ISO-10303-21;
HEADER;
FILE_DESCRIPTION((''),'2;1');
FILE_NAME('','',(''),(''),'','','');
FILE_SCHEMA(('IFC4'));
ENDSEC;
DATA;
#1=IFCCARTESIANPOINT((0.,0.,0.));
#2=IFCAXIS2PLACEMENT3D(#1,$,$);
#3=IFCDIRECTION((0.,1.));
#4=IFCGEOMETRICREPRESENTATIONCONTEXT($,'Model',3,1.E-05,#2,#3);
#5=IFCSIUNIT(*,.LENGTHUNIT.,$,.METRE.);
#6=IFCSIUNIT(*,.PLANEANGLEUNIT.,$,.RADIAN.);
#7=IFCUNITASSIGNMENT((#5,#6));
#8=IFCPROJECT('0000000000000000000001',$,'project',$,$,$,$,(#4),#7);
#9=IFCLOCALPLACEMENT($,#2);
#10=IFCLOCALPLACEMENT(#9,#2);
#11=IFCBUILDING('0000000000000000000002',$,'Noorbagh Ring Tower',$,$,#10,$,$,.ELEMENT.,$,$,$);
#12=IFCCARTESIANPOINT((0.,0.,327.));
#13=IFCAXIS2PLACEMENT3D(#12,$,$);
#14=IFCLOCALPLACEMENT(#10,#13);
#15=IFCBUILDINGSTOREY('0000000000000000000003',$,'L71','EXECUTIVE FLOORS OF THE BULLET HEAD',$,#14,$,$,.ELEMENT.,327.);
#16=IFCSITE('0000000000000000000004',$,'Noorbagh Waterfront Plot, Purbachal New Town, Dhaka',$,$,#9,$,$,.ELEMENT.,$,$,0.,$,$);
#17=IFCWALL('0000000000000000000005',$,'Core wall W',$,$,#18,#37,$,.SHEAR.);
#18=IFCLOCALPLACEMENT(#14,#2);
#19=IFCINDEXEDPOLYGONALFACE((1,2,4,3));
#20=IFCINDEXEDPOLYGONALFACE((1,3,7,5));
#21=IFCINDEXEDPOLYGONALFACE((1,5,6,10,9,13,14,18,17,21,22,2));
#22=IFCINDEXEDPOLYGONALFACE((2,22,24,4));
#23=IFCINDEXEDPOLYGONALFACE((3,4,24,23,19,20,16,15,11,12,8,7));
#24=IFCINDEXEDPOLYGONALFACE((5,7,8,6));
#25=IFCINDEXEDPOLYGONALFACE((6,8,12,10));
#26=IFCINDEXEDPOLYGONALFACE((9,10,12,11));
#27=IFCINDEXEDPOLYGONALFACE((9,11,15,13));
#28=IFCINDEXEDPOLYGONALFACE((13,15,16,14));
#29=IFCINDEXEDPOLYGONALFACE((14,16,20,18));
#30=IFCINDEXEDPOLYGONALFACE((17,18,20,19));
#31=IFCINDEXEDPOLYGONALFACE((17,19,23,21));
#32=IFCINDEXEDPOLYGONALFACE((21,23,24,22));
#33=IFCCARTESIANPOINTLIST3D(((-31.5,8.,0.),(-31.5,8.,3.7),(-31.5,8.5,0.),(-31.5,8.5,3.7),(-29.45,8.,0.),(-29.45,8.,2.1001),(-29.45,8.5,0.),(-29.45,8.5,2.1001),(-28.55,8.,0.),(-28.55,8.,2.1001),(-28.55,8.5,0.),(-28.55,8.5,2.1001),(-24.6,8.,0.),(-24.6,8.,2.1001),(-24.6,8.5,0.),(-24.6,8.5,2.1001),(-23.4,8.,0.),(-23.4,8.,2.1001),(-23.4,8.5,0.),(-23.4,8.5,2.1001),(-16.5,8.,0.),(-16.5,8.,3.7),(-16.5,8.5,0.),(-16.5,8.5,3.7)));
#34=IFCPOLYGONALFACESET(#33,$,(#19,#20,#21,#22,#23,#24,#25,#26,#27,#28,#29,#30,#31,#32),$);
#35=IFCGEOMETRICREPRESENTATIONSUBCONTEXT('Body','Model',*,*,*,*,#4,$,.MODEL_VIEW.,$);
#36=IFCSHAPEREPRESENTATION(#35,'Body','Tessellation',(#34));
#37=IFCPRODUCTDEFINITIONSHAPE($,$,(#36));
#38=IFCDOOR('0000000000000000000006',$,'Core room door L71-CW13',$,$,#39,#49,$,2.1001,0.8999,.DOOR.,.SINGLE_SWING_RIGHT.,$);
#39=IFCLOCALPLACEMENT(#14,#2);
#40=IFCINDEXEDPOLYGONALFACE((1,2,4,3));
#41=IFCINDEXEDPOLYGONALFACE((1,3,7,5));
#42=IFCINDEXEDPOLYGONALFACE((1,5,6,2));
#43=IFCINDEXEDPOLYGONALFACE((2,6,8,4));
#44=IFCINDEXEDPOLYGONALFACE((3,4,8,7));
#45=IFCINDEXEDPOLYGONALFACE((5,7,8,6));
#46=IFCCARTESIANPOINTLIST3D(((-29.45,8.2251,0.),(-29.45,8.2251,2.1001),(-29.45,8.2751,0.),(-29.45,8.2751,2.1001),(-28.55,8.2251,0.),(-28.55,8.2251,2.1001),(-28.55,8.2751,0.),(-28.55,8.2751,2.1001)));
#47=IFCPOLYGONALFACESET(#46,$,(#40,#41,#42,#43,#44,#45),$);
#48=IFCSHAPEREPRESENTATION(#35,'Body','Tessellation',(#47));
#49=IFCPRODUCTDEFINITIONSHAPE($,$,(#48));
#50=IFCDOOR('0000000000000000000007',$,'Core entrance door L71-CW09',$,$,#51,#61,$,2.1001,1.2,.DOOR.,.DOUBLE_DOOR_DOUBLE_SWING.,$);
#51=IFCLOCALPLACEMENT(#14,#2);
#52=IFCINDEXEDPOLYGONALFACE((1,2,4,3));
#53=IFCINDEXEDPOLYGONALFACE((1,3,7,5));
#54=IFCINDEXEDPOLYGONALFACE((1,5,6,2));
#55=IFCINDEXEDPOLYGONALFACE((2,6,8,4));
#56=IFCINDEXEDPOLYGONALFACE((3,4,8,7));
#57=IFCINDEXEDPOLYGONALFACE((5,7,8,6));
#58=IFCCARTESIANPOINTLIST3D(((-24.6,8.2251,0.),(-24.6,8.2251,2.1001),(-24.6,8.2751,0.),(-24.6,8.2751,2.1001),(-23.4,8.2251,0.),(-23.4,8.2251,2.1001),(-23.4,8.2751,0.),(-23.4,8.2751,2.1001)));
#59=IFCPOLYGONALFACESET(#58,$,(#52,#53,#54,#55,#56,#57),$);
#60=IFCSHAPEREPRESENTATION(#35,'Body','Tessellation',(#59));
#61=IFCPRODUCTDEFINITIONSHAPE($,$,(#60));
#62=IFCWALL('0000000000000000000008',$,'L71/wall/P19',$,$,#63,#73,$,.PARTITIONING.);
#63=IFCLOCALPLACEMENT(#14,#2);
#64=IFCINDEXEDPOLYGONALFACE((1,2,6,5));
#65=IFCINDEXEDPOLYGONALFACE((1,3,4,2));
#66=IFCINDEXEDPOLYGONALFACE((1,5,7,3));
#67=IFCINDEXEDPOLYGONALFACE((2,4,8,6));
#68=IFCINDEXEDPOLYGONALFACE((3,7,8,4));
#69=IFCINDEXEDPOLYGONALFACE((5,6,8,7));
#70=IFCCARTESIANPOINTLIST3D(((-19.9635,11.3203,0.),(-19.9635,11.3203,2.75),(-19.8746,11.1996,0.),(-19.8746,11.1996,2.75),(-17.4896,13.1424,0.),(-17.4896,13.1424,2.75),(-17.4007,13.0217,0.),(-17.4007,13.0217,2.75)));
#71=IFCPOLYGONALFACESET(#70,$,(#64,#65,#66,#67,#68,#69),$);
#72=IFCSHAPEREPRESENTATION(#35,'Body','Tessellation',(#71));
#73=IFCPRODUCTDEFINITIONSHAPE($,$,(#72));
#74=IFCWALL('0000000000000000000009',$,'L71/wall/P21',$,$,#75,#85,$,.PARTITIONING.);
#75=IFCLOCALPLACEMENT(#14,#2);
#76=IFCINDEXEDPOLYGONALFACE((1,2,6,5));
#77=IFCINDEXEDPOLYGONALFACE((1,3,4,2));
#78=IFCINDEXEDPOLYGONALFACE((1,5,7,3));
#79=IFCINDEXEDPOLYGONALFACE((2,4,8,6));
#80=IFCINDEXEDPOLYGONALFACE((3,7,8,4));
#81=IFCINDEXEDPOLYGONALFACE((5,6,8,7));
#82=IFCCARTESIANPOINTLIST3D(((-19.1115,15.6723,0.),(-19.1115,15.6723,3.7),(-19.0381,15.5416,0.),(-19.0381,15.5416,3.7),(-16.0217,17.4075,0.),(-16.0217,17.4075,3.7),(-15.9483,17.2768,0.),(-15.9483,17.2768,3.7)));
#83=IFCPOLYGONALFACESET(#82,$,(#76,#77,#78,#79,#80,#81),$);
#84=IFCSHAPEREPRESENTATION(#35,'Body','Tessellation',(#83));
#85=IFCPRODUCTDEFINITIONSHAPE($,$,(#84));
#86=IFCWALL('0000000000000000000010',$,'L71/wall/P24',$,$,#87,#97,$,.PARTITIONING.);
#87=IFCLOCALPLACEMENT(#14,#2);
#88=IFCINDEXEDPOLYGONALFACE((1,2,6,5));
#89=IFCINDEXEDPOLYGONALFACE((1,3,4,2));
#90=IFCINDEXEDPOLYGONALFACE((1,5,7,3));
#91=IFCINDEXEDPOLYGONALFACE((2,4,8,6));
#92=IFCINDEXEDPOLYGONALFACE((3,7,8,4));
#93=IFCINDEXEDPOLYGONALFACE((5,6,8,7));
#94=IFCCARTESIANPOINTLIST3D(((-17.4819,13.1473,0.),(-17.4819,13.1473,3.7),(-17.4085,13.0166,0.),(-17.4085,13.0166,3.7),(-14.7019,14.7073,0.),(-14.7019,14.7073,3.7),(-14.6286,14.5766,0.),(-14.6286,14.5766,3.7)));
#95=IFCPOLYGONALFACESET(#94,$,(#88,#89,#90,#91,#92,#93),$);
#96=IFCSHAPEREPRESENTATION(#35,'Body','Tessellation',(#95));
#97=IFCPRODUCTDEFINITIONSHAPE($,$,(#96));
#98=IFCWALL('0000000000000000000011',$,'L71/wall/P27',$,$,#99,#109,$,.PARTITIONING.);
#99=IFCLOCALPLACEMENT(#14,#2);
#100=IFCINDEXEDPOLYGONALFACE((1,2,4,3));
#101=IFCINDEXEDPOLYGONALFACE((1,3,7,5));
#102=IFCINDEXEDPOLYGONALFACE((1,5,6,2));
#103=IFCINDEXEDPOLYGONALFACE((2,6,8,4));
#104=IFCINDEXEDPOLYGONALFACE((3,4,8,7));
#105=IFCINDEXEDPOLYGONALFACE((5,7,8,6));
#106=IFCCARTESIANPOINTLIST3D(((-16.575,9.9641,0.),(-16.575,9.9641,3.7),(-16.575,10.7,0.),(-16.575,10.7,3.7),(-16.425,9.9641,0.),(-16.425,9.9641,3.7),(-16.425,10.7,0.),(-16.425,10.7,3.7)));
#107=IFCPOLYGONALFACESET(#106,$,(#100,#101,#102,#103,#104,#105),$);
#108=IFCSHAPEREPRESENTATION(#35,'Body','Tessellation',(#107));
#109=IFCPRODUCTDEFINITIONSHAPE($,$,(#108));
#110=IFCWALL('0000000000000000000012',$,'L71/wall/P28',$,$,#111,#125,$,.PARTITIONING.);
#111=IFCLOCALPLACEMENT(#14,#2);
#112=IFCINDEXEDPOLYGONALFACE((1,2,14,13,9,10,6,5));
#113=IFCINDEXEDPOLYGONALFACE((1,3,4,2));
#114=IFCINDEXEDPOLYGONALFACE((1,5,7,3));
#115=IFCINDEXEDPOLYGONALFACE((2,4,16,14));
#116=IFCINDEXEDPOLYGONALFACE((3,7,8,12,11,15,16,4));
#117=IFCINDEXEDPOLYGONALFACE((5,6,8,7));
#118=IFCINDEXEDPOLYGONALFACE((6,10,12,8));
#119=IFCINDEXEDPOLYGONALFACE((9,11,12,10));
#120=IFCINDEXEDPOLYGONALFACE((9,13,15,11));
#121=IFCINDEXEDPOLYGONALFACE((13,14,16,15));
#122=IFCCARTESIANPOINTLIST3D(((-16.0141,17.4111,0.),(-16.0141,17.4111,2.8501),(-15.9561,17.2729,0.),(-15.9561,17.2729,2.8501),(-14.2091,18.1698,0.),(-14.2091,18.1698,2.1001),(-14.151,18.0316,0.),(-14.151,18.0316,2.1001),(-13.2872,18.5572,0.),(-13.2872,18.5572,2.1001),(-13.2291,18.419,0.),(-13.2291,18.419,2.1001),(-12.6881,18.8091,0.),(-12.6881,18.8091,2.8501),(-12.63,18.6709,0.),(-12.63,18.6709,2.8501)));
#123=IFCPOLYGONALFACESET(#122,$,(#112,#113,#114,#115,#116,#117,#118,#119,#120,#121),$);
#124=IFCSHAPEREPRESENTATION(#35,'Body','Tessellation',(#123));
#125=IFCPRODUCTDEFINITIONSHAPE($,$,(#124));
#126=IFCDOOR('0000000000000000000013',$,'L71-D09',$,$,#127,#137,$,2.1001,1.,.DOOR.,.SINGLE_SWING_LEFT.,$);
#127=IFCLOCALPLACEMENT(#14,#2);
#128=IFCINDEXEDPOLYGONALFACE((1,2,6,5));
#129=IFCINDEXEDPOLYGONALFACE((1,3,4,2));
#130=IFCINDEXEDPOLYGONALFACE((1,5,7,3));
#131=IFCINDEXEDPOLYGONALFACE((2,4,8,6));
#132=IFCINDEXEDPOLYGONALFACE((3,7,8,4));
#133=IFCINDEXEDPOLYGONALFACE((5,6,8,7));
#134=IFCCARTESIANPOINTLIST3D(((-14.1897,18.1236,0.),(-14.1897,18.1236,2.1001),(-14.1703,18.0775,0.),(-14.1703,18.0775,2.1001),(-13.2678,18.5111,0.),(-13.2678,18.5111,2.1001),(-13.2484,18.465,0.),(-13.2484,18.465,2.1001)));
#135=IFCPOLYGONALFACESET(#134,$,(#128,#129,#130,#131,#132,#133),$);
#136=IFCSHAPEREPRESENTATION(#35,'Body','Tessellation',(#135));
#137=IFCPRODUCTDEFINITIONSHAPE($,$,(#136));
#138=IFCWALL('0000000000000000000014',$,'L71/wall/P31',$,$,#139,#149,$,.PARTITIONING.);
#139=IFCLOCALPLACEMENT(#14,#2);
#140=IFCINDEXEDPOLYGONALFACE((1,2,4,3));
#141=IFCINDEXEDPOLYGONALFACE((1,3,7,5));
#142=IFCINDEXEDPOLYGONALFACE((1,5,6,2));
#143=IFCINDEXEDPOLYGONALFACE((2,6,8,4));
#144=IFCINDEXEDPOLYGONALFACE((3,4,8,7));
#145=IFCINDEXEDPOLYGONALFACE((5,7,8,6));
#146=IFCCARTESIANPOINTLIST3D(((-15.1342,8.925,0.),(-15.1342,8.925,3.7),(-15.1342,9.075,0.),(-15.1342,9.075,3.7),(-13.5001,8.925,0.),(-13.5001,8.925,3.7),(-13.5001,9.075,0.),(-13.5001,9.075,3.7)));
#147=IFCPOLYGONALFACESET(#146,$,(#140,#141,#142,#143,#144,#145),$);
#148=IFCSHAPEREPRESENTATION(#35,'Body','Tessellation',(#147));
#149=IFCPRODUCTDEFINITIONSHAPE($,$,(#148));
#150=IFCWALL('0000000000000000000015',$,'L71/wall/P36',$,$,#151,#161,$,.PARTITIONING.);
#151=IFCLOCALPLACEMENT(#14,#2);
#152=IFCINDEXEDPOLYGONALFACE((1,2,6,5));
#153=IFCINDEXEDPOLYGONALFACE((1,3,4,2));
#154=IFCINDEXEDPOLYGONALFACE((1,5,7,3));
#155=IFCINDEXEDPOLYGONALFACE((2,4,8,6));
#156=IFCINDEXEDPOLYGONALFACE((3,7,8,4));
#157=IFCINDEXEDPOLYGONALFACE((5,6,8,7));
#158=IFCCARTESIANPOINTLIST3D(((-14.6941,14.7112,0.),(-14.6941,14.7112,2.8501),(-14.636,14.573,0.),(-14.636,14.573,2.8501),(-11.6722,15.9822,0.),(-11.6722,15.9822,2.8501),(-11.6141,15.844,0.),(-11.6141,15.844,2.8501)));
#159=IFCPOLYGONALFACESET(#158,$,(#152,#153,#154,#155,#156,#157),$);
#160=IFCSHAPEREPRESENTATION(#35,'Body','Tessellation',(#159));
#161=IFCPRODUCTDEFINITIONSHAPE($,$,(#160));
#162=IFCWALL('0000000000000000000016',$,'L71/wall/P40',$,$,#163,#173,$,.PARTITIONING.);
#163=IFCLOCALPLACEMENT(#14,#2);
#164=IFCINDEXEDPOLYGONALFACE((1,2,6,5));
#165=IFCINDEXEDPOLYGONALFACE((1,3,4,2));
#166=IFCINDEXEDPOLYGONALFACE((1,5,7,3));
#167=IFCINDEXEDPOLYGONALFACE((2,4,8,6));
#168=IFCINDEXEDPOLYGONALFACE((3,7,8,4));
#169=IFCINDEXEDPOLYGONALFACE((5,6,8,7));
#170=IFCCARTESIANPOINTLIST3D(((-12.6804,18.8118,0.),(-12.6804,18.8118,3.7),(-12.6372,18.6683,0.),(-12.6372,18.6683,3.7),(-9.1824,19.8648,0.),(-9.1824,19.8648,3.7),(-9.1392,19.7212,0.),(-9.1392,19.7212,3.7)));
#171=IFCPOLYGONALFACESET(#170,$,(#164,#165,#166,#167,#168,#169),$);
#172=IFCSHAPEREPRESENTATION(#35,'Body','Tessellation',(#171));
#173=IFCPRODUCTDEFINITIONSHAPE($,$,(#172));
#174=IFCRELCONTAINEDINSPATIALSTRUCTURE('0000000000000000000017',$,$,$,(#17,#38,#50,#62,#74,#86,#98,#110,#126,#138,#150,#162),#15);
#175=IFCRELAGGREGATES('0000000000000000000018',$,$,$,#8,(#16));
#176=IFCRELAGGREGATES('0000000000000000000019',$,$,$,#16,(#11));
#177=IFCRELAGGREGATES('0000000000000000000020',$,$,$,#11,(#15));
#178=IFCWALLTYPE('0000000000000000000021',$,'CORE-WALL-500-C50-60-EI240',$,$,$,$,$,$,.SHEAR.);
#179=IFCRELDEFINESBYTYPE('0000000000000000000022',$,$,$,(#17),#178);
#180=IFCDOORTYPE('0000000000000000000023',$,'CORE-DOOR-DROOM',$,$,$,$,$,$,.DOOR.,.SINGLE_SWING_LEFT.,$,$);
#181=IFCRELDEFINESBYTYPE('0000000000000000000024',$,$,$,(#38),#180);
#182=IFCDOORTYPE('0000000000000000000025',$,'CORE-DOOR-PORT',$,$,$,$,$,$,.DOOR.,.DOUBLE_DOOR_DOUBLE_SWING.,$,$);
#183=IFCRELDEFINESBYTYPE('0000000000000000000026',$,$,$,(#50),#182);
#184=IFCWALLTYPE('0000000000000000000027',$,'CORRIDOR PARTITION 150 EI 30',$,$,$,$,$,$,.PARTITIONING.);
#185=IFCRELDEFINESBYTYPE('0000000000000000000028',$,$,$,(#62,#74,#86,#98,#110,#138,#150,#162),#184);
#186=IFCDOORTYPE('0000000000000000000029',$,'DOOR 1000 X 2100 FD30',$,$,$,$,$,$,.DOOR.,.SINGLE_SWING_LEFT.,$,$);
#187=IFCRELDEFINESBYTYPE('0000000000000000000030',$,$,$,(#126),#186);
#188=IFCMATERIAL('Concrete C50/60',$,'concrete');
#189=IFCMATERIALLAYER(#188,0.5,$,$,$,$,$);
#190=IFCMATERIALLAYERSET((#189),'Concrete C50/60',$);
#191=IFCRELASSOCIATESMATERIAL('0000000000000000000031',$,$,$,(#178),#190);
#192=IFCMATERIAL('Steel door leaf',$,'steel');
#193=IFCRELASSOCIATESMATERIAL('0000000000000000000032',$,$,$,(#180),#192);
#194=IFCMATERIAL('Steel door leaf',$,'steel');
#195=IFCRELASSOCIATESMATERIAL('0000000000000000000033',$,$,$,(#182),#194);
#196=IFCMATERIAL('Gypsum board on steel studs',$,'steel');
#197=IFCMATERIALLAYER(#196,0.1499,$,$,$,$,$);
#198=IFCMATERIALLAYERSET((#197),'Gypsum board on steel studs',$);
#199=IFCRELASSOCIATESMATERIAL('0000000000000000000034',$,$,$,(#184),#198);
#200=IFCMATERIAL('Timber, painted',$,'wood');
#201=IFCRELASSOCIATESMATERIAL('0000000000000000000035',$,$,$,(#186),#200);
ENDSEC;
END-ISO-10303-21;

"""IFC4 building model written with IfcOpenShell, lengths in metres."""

from ifc_helpers import new_model, si_unit, direction, frame, frame_2d, origin, place, context, subcontext, project, spatial, rectangle, extrude, material, layer, layer_set, type_object, element, fill, save


model = new_model("IFC4")

# Units and contexts
model_context = context("Model", 3, precision=1e-05, world=origin(), true_north=direction((0.0, 1.0)))
body_context = subcontext(model_context, "Body", "Model", "MODEL_VIEW")
ifc_project = project(units=[si_unit("LENGTHUNIT", "METRE"), si_unit("PLANEANGLEUNIT", "RADIAN")], contexts=[model_context])

# Site, building, storey
site_placement = place(None, origin())
site = spatial("IfcSite", under=ifc_project, at=site_placement, Name="Noorbagh Waterfront Plot, Purbachal New Town, Dhaka", CompositionType="ELEMENT", RefElevation=0.0)
building_placement = place(site_placement, origin())
building = spatial("IfcBuilding", under=site, at=building_placement, Name="Noorbagh Ring Tower", CompositionType="ELEMENT")
storey_placement = place(building_placement, frame((0.0, 0.0, 327.0)))
storey = spatial("IfcBuildingStorey", under=building, at=storey_placement, Name="L71", Description="EXECUTIVE FLOORS OF THE BULLET HEAD", CompositionType="ELEMENT", Elevation=327.0)

# Wall, openings, doors
ifc_material_1 = material(Name="Concrete C50/60", Category="concrete")
ifc_layer_1 = layer(ifc_material_1, 0.5)
ifc_layer_set_1 = layer_set([ifc_layer_1], Name="Concrete C50/60")
wall_type_1 = type_object("IfcWallType", Name="CORE-WALL-500-C50-60-EI240", PredefinedType="SHEAR", material=ifc_layer_set_1)
wall_1_placement = place(storey_placement, frame((-16.5, 8.25, 0.0), z_axis=(0.0, 0.0, 1.0), x_axis=(-1.0, 0.0, 0.0)))
wall_1 = element("IfcWall", 1, at=wall_1_placement, inside=storey, type_object=wall_type_1, Name="Core wall W", PredefinedType="SHEAR", context=body_context, shape_type="SweptSolid", body=[
    extrude(rectangle(XDim=15.0, YDim=0.5, at=frame_2d((7.5, 0.0))), origin(), (0.0, 0.0, 1.0), 3.7),
])
opening_1_placement = place(wall_1_placement, frame((6.8999, 0.0, 0.0)))
opening_1 = element("IfcOpeningElement", 2, at=opening_1_placement, cuts=wall_1, PredefinedType="OPENING", context=body_context, shape_type="SweptSolid", body=[
    extrude(rectangle(XDim=1.2, YDim=2.1001, at=frame_2d((0.6001, 1.05))), frame((0.0, 0.26, 0.0), z_axis=(0.0, -1.0, 0.0), x_axis=(1.0, 0.0, 0.0)), (0.0, 0.0, 1.0), 0.52),
])
opening_2_placement = place(wall_1_placement, frame((12.05, 0.0, 0.0)))
opening_2 = element("IfcOpeningElement", 3, at=opening_2_placement, cuts=wall_1, PredefinedType="OPENING", context=body_context, shape_type="SweptSolid", body=[
    extrude(rectangle(XDim=0.8999, YDim=2.1001, at=frame_2d((0.45, 1.05))), frame((0.0, 0.26, 0.0), z_axis=(0.0, -1.0, 0.0), x_axis=(1.0, 0.0, 0.0)), (0.0, 0.0, 1.0), 0.52),
])
ifc_material_2 = material(Name="Steel door leaf", Category="steel")
door_type_1 = type_object("IfcDoorType", Name="CORE-DOOR-DROOM", OperationType="SINGLE_SWING_LEFT", PredefinedType="DOOR", material=ifc_material_2)
door_1_placement = place(opening_2_placement, origin())
door_1 = element("IfcDoor", 4, at=door_1_placement, inside=storey, type_object=door_type_1, Name="Core room door L71-CW13", OperationType="SINGLE_SWING_RIGHT", OverallHeight=2.1001, OverallWidth=0.8999, PredefinedType="DOOR", context=body_context, shape_type="SweptSolid", body=[
    extrude(rectangle(XDim=0.8999, YDim=2.1001, at=frame_2d((0.45, 1.05))), frame((0.0, 0.0249, 0.0), z_axis=(0.0, -1.0, 0.0), x_axis=(1.0, 0.0, 0.0)), (0.0, 0.0, 1.0), 0.05),
])
fill(opening_2, door_1)
ifc_material_3 = material(Name="Steel door leaf", Category="steel")
door_type_2 = type_object("IfcDoorType", Name="CORE-DOOR-PORT", OperationType="DOUBLE_DOOR_DOUBLE_SWING", PredefinedType="DOOR", material=ifc_material_3)
door_2_placement = place(opening_1_placement, origin())
door_2 = element("IfcDoor", 5, at=door_2_placement, inside=storey, type_object=door_type_2, Name="Core entrance door L71-CW09", OperationType="DOUBLE_DOOR_DOUBLE_SWING", OverallHeight=2.1001, OverallWidth=1.2, PredefinedType="DOOR", context=body_context, shape_type="SweptSolid", body=[
    extrude(rectangle(XDim=1.2, YDim=2.1001, at=frame_2d((0.6001, 1.05))), frame((0.0, 0.0249, 0.0), z_axis=(0.0, -1.0, 0.0), x_axis=(1.0, 0.0, 0.0)), (0.0, 0.0, 1.0), 0.05),
])
fill(opening_1, door_2)

# Walls
ifc_material_4 = material(Name="Gypsum board on steel studs", Category="steel")
ifc_layer_2 = layer(ifc_material_4, 0.1499)
ifc_layer_set_2 = layer_set([ifc_layer_2], Name="Gypsum board on steel studs")
wall_type_2 = type_object("IfcWallType", Name="CORRIDOR PARTITION 150 EI 30", PredefinedType="PARTITIONING", material=ifc_layer_set_2)
wall_2_placement = place(storey_placement, frame((-19.9189, 11.26, 0.0), z_axis=(0.0, 0.0, 1.0), x_axis=(0.805186, 0.593023, 0.0)))
element("IfcWall", 6, at=wall_2_placement, inside=storey, type_object=wall_type_2, Name="L71/wall/P19", PredefinedType="PARTITIONING", context=body_context, shape_type="SweptSolid", body=[
    extrude(rectangle(XDim=3.0725, YDim=0.1499, at=frame_2d((1.5361, 0.0))), origin(), (0.0, 0.0, 1.0), 2.75),
])
wall_3_placement = place(storey_placement, frame((-19.075, 15.6069, 0.0), z_axis=(0.0, 0.0, 1.0), x_axis=(0.871929, 0.489633, 0.0)))
element("IfcWall", 7, at=wall_3_placement, inside=storey, type_object=wall_type_2, Name="L71/wall/P21", PredefinedType="PARTITIONING", context=body_context, shape_type="SweptSolid", body=[
    extrude(rectangle(XDim=3.5437, YDim=0.1499, at=frame_2d((1.772, 0.0))), origin(), (0.0, 0.0, 1.0), 3.7),
])
wall_4_placement = place(storey_placement, frame((-17.4451, 13.082, 0.0), z_axis=(0.0, 0.0, 1.0), x_axis=(0.872072, 0.489377, 0.0)))
element("IfcWall", 8, at=wall_4_placement, inside=storey, type_object=wall_type_2, Name="L71/wall/P24", PredefinedType="PARTITIONING", context=body_context, shape_type="SweptSolid", body=[
    extrude(rectangle(XDim=3.1877, YDim=0.1499, at=frame_2d((1.5938, 0.0))), origin(), (0.0, 0.0, 1.0), 3.7),
])
wall_5_placement = place(storey_placement, frame((-16.5, 9.9641, 0.0), z_axis=(0.0, 0.0, 1.0), x_axis=(0.0, 1.0, 0.0)))
element("IfcWall", 9, at=wall_5_placement, inside=storey, type_object=wall_type_2, Name="L71/wall/P27", PredefinedType="PARTITIONING", context=body_context, shape_type="SweptSolid", body=[
    extrude(rectangle(XDim=0.7358, YDim=0.1499, at=frame_2d((0.3679, 0.0))), origin(), (0.0, 0.0, 1.0), 3.7),
])

# Wall, opening, door
wall_6_placement = place(storey_placement, frame((-15.9851, 17.342, 0.0), z_axis=(0.0, 0.0, 1.0), x_axis=(0.921887, 0.387458, 0.0)))
wall_6 = element("IfcWall", 10, at=wall_6_placement, inside=storey, type_object=wall_type_2, Name="L71/wall/P28", PredefinedType="PARTITIONING", context=body_context, shape_type="SweptSolid", body=[
    extrude(rectangle(XDim=3.6079, YDim=0.1499, at=frame_2d((1.804, 0.0))), origin(), (0.0, 0.0, 1.0), 2.8501),
])
opening_3_placement = place(wall_6_placement, frame((1.958, 0.0, 0.0)))
opening_3 = element("IfcOpeningElement", 11, at=opening_3_placement, cuts=wall_6, PredefinedType="OPENING", context=body_context, shape_type="SweptSolid", body=[
    extrude(rectangle(XDim=1.0, YDim=2.1001, at=frame_2d((0.5, 1.05))), frame((0.0, 0.085, 0.0), z_axis=(0.0, -1.0, 0.0), x_axis=(1.0, 0.0, 0.0)), (0.0, 0.0, 1.0), 0.1699),
])
ifc_material_5 = material(Name="Timber, painted", Category="wood")
door_type_3 = type_object("IfcDoorType", Name="DOOR 1000 X 2100 FD30", OperationType="SINGLE_SWING_LEFT", PredefinedType="DOOR", material=ifc_material_5)
door_3_placement = place(opening_3_placement, origin())
door_3 = element("IfcDoor", 12, at=door_3_placement, inside=storey, type_object=door_type_3, Name="L71-D09", OperationType="SINGLE_SWING_LEFT", OverallHeight=2.1001, OverallWidth=1.0, PredefinedType="DOOR", context=body_context, shape_type="SweptSolid", body=[
    extrude(rectangle(XDim=1.0, YDim=2.1001, at=frame_2d((0.5, 1.05))), frame((0.0, 0.0249, 0.0), z_axis=(0.0, -1.0, 0.0), x_axis=(1.0, 0.0, 0.0)), (0.0, 0.0, 1.0), 0.05),
])
fill(opening_3, door_3)

# Walls
wall_7_placement = place(storey_placement, frame((-15.134, 9.0, 0.0), z_axis=(0.0, 0.0, 1.0), x_axis=(1.0, 0.0, 0.0)))
element("IfcWall", 13, at=wall_7_placement, inside=storey, type_object=wall_type_2, Name="L71/wall/P31", PredefinedType="PARTITIONING", context=body_context, shape_type="SweptSolid", body=[
    extrude(rectangle(XDim=1.634, YDim=0.1499, at=frame_2d((0.8169, 0.0))), origin(), (0.0, 0.0, 1.0), 3.7),
])
wall_8_placement = place(storey_placement, frame((-14.665, 14.6421, 0.0), z_axis=(0.0, 0.0, 1.0), x_axis=(0.921789, 0.387691, 0.0)))
element("IfcWall", 14, at=wall_8_placement, inside=storey, type_object=wall_type_2, Name="L71/wall/P36", PredefinedType="PARTITIONING", context=body_context, shape_type="SweptSolid", body=[
    extrude(rectangle(XDim=3.2783, YDim=0.1499, at=frame_2d((1.6392, 0.0))), origin(), (0.0, 0.0, 1.0), 2.8501),
])
wall_9_placement = place(storey_placement, frame((-12.6589, 18.74, 0.0), z_axis=(0.0, 0.0, 1.0), x_axis=(0.957557, 0.288243, 0.0)))
element("IfcWall", 15, at=wall_9_placement, inside=storey, type_object=wall_type_2, Name="L71/wall/P40", PredefinedType="PARTITIONING", context=body_context, shape_type="SweptSolid", body=[
    extrude(rectangle(XDim=3.6531, YDim=0.1499, at=frame_2d((1.8267, 0.0))), origin(), (0.0, 0.0, 1.0), 3.7),
])

save(model, "model.ifc")
